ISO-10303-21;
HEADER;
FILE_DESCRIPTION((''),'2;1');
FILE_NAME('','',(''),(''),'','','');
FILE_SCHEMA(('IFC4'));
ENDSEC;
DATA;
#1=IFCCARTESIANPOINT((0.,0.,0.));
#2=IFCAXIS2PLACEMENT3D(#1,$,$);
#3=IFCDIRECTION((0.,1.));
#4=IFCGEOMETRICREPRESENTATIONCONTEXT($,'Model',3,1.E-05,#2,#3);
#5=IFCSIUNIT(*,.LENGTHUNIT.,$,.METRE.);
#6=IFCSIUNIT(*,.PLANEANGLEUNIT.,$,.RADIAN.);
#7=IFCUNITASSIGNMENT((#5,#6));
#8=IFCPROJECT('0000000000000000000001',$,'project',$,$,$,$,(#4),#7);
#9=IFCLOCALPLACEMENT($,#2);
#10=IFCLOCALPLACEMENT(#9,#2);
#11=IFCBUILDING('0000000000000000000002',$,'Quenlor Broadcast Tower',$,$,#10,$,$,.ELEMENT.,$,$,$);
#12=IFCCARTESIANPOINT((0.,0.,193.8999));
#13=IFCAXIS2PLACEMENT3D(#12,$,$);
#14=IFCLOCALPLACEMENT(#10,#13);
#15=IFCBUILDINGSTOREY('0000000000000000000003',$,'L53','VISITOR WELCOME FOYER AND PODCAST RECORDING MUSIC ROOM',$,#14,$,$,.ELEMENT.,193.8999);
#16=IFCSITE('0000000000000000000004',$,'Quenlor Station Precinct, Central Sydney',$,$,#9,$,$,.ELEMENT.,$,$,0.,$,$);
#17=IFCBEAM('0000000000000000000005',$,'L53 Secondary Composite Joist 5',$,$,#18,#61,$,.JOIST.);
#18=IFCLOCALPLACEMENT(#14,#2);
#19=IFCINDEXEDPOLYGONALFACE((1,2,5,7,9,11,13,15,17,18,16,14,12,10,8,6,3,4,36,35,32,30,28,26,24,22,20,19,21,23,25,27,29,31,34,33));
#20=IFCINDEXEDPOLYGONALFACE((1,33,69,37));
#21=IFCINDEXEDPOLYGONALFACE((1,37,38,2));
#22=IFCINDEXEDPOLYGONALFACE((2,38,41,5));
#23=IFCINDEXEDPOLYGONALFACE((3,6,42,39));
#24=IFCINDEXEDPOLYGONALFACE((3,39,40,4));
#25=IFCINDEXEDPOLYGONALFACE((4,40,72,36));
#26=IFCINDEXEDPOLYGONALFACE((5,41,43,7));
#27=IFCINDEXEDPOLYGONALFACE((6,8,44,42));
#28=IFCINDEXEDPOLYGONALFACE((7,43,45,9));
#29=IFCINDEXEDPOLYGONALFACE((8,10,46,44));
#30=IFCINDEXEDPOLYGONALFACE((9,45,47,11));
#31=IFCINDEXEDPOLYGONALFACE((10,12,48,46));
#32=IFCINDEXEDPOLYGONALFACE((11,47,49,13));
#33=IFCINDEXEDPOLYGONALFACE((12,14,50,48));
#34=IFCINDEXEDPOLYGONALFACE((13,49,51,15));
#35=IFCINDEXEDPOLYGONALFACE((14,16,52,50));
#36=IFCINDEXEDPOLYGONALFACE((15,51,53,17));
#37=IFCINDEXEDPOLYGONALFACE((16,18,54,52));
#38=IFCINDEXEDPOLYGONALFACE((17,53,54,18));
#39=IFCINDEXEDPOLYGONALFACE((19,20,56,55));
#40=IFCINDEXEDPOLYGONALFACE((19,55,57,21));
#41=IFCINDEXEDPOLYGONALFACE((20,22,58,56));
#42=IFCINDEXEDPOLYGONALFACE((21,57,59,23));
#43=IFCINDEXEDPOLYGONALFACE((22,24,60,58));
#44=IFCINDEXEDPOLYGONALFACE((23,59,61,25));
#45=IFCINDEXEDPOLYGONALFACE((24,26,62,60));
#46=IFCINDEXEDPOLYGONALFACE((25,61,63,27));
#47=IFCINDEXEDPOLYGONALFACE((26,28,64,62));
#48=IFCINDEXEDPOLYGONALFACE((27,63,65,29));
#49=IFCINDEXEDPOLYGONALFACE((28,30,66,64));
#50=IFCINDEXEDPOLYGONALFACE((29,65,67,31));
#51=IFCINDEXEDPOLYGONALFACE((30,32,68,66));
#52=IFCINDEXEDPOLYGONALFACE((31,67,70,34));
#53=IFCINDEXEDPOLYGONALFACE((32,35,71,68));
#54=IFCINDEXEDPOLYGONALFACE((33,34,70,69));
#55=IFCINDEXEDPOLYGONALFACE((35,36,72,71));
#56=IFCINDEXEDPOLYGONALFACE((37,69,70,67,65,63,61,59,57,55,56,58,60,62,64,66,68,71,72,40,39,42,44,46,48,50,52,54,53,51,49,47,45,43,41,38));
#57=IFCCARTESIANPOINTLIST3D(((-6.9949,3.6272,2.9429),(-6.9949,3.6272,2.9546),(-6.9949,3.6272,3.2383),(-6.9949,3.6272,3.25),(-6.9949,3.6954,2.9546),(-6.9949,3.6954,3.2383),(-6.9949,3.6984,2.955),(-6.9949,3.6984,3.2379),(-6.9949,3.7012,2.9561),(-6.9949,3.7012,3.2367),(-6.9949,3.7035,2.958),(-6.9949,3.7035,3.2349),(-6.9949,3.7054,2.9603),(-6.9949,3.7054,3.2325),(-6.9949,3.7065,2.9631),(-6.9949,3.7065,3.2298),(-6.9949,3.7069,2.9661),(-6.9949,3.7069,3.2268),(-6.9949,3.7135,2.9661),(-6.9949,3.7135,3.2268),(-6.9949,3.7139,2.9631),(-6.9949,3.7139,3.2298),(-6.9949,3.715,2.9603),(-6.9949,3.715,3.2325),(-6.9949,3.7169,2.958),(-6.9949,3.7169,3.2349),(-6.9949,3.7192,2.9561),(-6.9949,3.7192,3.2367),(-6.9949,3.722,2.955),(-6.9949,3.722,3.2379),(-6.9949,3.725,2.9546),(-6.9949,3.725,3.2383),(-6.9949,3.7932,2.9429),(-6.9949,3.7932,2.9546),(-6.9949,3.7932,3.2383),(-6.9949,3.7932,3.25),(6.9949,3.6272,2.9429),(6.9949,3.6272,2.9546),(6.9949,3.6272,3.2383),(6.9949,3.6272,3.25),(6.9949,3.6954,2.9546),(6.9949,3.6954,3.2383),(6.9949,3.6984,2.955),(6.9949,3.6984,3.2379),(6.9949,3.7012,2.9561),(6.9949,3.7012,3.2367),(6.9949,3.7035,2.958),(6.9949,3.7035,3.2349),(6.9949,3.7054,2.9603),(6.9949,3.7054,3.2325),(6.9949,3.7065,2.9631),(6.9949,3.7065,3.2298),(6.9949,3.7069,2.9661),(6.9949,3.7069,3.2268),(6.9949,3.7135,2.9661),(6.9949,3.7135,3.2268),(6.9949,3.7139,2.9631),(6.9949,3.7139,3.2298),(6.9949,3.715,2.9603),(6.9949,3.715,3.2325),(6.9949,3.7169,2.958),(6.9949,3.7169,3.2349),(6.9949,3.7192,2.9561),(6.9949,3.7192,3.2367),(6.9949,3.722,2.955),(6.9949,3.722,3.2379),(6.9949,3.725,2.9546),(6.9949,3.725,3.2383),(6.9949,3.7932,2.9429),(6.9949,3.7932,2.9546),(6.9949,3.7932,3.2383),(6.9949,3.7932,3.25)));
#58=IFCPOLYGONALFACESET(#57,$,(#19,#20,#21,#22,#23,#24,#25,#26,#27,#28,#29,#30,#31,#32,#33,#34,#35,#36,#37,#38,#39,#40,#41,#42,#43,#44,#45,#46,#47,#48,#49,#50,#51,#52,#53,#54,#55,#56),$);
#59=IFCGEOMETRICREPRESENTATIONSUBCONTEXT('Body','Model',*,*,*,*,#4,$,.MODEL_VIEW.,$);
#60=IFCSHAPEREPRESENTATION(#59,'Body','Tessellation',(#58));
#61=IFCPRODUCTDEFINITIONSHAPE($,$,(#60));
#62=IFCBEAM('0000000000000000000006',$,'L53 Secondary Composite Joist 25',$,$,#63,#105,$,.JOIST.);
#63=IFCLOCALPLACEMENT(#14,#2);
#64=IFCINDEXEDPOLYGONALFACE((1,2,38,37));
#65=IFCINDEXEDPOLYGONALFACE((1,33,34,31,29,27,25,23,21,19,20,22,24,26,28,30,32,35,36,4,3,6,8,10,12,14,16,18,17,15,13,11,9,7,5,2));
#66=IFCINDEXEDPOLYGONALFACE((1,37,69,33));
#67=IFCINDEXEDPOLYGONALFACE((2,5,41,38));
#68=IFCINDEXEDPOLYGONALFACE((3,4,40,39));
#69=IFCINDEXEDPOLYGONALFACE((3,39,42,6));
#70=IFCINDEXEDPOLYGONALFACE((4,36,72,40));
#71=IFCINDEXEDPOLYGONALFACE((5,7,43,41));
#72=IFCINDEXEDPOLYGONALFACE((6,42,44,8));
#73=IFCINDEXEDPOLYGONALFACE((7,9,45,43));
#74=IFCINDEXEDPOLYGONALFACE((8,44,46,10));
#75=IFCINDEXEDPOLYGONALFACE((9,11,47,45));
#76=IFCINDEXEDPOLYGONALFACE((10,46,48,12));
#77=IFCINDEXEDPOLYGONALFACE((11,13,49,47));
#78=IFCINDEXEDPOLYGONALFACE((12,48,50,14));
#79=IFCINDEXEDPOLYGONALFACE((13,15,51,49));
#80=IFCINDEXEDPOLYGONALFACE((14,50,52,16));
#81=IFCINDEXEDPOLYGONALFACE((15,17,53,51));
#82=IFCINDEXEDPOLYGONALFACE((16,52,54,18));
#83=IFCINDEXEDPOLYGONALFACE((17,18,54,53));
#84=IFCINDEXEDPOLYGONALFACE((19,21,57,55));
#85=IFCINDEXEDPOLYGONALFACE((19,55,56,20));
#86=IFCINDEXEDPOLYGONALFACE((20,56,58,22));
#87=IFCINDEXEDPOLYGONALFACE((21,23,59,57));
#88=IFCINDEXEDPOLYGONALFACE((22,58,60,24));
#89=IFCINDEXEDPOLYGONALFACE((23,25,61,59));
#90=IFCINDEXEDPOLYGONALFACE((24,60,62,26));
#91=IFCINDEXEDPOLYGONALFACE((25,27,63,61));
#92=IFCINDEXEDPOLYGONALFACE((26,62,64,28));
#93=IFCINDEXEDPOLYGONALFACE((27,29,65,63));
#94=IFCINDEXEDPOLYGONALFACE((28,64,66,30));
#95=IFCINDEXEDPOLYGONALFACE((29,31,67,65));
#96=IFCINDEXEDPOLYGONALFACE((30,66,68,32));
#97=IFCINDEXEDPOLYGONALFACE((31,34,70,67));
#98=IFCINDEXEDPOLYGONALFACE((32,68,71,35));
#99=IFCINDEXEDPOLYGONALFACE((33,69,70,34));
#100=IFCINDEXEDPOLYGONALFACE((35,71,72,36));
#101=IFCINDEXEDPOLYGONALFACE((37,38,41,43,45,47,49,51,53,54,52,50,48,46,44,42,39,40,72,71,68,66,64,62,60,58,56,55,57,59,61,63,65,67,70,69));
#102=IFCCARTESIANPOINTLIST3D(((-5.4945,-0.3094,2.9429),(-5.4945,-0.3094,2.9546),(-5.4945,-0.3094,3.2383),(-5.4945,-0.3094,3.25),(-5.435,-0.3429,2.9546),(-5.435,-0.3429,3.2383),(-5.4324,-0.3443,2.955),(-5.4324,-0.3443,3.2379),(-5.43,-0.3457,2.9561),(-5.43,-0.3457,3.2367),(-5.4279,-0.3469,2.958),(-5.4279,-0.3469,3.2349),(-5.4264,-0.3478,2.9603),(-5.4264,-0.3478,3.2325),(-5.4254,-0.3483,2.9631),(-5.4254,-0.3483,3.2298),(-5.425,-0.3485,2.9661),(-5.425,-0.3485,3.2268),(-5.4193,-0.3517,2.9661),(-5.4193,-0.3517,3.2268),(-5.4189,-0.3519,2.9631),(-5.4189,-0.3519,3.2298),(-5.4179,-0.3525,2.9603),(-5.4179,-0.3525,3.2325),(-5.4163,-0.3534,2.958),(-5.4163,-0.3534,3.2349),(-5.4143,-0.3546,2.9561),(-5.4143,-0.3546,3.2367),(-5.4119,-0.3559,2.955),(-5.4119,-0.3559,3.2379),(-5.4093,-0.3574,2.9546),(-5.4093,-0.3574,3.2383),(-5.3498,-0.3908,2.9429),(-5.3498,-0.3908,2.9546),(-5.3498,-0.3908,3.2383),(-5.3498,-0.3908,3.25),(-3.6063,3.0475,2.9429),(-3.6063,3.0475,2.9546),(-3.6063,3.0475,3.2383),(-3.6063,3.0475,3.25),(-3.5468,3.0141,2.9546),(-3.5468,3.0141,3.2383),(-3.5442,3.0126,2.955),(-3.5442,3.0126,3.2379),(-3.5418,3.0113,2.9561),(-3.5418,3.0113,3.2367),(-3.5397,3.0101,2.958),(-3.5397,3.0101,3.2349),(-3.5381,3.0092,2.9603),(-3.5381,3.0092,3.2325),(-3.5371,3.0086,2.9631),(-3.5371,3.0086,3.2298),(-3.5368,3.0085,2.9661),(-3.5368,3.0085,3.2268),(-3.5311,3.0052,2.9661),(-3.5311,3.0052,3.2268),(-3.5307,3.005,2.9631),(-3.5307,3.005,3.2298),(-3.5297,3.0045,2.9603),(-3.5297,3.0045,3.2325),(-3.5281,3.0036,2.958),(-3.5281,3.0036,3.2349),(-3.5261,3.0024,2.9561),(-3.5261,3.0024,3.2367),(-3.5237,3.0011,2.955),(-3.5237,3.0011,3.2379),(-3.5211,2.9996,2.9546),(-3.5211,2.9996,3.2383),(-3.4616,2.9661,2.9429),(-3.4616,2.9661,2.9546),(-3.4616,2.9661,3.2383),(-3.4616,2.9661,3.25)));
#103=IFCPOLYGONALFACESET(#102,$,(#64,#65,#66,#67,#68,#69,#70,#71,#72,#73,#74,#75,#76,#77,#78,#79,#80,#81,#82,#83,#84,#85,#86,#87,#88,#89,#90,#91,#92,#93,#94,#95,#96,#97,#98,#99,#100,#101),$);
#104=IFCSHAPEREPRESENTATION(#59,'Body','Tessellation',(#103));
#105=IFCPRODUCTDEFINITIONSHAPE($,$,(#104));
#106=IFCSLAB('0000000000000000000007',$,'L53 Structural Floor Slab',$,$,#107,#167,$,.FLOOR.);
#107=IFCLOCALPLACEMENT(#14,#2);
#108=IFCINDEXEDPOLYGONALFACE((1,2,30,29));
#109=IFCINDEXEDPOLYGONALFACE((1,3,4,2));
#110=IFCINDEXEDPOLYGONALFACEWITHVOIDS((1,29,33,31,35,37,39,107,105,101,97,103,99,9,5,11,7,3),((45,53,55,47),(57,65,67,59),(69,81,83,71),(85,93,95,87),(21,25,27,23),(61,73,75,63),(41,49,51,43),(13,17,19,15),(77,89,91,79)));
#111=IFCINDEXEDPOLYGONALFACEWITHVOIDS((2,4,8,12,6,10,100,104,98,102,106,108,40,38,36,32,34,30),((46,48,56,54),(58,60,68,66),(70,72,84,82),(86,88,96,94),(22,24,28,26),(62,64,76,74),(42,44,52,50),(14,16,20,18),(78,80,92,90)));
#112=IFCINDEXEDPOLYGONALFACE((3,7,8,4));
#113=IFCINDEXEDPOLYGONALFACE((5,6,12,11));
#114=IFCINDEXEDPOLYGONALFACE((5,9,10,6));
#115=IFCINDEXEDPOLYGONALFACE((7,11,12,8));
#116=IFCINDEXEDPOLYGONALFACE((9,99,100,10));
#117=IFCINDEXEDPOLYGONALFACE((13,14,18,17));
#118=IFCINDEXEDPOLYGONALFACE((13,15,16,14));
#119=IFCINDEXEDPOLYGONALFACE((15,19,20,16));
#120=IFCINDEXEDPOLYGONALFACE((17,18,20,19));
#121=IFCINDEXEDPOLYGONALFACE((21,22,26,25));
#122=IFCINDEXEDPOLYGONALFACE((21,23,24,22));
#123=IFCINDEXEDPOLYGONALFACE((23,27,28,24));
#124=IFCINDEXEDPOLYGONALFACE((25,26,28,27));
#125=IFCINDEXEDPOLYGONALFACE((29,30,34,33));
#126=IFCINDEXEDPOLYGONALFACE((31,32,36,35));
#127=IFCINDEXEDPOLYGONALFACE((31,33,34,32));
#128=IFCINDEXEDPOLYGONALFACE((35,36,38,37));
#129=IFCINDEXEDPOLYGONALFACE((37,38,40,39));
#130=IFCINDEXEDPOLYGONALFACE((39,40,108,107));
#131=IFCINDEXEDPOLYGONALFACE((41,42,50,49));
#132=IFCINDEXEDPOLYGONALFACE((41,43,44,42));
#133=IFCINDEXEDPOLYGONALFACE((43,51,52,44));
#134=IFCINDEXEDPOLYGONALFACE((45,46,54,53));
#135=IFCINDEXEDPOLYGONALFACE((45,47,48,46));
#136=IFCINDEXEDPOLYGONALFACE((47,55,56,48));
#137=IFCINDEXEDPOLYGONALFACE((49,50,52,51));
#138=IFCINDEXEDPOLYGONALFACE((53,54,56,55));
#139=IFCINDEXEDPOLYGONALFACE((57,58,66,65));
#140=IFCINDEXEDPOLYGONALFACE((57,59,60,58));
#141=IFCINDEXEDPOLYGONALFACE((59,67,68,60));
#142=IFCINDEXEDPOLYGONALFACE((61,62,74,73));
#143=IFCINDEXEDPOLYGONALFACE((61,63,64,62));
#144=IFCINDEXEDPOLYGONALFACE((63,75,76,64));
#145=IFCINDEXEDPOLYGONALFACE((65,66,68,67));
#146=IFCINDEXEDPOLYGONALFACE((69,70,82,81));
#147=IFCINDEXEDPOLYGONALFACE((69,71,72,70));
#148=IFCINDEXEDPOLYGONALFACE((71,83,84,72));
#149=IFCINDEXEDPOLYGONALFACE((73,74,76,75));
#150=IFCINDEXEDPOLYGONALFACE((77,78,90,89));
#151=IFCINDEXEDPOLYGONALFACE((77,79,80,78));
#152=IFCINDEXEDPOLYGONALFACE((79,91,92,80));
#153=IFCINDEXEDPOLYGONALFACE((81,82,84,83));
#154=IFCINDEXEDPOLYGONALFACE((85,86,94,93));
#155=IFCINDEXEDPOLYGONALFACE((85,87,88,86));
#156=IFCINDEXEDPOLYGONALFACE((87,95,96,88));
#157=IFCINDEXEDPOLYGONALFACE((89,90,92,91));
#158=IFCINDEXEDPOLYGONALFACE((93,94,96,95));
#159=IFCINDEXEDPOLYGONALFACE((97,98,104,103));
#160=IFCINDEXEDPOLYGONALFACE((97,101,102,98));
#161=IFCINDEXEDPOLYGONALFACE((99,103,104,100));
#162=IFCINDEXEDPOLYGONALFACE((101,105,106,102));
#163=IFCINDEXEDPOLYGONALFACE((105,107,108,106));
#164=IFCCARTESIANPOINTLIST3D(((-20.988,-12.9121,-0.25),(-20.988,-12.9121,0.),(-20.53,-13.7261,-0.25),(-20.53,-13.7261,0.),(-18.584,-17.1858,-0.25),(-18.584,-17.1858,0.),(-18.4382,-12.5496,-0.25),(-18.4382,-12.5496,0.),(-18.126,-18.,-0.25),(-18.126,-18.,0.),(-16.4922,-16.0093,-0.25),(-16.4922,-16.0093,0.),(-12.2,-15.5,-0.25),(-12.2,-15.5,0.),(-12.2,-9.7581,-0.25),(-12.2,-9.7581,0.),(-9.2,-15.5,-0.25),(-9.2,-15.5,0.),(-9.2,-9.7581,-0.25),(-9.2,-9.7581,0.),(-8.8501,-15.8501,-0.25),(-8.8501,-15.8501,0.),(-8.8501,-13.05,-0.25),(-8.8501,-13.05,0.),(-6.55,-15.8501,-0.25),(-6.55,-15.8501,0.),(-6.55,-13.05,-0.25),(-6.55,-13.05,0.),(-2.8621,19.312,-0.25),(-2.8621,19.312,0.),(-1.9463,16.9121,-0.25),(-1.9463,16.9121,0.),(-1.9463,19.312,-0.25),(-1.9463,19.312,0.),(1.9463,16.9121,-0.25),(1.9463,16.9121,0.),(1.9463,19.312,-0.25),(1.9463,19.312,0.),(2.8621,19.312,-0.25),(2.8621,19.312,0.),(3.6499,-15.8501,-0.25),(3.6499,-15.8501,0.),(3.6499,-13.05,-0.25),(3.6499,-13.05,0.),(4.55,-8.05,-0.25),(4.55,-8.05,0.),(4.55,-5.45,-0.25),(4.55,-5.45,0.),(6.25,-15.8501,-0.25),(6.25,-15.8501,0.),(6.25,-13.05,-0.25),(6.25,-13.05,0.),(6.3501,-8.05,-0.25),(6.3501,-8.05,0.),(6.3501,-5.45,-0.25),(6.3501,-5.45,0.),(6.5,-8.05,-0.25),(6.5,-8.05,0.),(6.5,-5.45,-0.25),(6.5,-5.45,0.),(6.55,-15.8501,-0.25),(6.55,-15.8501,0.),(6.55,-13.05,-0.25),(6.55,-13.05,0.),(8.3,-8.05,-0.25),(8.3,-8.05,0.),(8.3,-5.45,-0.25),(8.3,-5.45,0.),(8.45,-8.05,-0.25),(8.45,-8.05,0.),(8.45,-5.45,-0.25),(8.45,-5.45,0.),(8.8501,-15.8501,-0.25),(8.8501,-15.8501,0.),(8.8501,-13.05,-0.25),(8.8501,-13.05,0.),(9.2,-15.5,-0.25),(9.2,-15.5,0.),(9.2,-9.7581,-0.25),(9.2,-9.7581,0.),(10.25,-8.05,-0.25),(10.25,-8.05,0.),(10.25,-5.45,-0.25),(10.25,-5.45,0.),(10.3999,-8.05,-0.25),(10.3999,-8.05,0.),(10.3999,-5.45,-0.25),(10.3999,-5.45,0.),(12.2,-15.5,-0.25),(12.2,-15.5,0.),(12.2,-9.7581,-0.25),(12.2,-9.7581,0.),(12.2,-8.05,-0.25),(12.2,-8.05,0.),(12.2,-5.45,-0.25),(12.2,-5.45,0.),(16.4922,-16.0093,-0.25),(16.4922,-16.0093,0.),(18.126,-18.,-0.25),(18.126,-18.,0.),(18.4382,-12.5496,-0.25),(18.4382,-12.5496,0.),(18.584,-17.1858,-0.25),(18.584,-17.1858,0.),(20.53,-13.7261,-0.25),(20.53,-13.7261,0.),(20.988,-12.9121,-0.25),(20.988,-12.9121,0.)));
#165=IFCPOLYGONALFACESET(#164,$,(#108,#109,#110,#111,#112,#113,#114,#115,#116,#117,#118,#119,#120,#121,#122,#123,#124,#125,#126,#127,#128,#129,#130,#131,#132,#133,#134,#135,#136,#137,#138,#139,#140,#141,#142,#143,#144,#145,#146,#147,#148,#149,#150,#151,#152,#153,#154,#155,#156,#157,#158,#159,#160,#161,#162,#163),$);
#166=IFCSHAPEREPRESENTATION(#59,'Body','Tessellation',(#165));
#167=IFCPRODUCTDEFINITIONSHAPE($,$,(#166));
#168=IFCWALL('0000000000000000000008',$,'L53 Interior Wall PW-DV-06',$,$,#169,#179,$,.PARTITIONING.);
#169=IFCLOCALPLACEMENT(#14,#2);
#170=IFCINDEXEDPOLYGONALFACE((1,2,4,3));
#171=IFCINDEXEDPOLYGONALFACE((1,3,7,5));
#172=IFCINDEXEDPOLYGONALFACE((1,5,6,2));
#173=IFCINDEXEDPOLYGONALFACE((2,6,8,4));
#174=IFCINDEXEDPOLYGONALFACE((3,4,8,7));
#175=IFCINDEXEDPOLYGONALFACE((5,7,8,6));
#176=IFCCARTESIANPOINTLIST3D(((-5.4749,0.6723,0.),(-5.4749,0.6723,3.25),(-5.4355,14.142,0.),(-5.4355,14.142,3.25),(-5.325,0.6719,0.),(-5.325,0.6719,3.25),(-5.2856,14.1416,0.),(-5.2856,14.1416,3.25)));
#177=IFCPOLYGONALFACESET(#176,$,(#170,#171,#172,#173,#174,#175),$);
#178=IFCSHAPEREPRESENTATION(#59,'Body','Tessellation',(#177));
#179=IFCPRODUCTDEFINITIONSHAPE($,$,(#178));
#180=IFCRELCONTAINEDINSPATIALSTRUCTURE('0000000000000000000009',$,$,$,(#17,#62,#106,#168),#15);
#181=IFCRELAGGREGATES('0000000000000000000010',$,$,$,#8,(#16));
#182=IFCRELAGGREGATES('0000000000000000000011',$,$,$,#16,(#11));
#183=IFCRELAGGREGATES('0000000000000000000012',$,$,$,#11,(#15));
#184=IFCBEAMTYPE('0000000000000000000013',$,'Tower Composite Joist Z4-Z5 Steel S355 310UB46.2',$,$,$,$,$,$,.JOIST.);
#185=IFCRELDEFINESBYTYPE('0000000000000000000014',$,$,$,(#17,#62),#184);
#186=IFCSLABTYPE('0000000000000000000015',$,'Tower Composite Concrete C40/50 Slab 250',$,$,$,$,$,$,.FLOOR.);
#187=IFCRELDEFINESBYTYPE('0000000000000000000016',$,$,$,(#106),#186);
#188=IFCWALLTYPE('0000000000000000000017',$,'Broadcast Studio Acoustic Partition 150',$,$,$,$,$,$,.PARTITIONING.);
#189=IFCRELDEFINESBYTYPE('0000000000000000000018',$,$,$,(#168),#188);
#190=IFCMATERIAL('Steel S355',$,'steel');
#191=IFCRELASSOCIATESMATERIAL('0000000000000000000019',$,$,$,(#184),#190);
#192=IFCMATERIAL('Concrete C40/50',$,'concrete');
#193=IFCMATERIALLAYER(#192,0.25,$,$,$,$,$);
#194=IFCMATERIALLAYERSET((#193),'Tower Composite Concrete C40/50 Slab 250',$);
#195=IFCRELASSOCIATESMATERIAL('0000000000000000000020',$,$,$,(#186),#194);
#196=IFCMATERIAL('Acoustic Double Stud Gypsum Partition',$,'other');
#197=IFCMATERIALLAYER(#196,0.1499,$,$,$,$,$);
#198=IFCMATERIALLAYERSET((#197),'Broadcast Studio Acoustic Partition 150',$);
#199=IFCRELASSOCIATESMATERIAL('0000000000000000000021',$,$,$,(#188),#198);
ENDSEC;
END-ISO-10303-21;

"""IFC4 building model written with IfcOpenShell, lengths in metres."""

from ifc_helpers import new_model, si_unit, direction, frame, frame_2d, origin, origin_2d, place, context, subcontext, project, spatial, polyline, rectangle, i_section, outline, extrude, material, layer, layer_set, material_profile, profile_set, type_object, element, save


model = new_model("IFC4")

# Units and contexts
model_context = context("Model", 3, precision=1e-05, world=origin(), true_north=direction((0.0, 1.0)))
body_context = subcontext(model_context, "Body", "Model", "MODEL_VIEW")
ifc_project = project(units=[si_unit("LENGTHUNIT", "METRE"), si_unit("PLANEANGLEUNIT", "RADIAN")], contexts=[model_context])

# Site, building, storey
site_placement = place(None, origin())
site = spatial("IfcSite", under=ifc_project, at=site_placement, Name="Quenlor Station Precinct, Central Sydney", CompositionType="ELEMENT", RefElevation=0.0)
building_placement = place(site_placement, origin())
building = spatial("IfcBuilding", under=site, at=building_placement, Name="Quenlor Broadcast Tower", CompositionType="ELEMENT")
storey_placement = place(building_placement, frame((0.0, 0.0, 193.8999)))
storey = spatial("IfcBuildingStorey", under=building, at=storey_placement, Name="L53", Description="VISITOR WELCOME FOYER AND PODCAST RECORDING MUSIC ROOM", CompositionType="ELEMENT", Elevation=193.8999)

# Beams
ifc_material_1 = material(Name="Steel S355", Category="steel")
ifc_material_profile_1 = material_profile(ifc_material_1, i_section(OverallWidth=0.166, OverallDepth=0.3071, WebThickness=0.0066, FlangeThickness=0.0117, FilletRadius=0.0115, at=origin_2d()))
ifc_profile_set_1 = profile_set([ifc_material_profile_1], Name="Steel S355 310UB46.2")
beam_type = type_object("IfcBeamType", Name="Tower Composite Joist Z4-Z5 Steel S355 310UB46.2", PredefinedType="JOIST", material=ifc_profile_set_1)
beam_1_placement = place(storey_placement, frame((-6.9949, 3.7102, 3.0964), z_axis=(1.0, 0.0, 0.0), x_axis=(0.0, 1.0, 0.0)))
element("IfcBeam", 1, at=beam_1_placement, inside=storey, type_object=beam_type, Name="L53 Secondary Composite Joist 5", PredefinedType="JOIST", context=body_context, shape_type="SweptSolid", body=[
    extrude(i_section(OverallWidth=0.166, OverallDepth=0.3071, WebThickness=0.0066, FlangeThickness=0.0117, FilletRadius=0.0115, at=origin_2d()), origin(), (0.0, 0.0, 1.0), 13.9897),
])
beam_2_placement = place(storey_placement, frame((-3.5339, 3.0068, 3.0964), z_axis=(-0.490243, -0.871586, 0.0), x_axis=(0.871586, -0.490243, 0.0)))
element("IfcBeam", 2, at=beam_2_placement, inside=storey, type_object=beam_type, Name="L53 Secondary Composite Joist 25", PredefinedType="JOIST", context=body_context, shape_type="SweptSolid", body=[
    extrude(i_section(OverallWidth=0.166, OverallDepth=0.3071, WebThickness=0.0066, FlangeThickness=0.0117, FilletRadius=0.0115, at=origin_2d()), origin(), (0.0, 0.0, 1.0), 3.8516),
])

# Slab
ifc_material_2 = material(Name="Concrete C40/50", Category="concrete")
ifc_layer_1 = layer(ifc_material_2, 0.25)
ifc_layer_set_1 = layer_set([ifc_layer_1], Name="Tower Composite Concrete C40/50 Slab 250")
slab_type = type_object("IfcSlabType", Name="Tower Composite Concrete C40/50 Slab 250", PredefinedType="FLOOR", material=ifc_layer_set_1)
slab_placement = place(storey_placement, frame((0.0, 0.0, -0.25)))
element("IfcSlab", 3, at=slab_placement, inside=storey, type_object=slab_type, Name="L53 Structural Floor Slab", PredefinedType="FLOOR", context=body_context, shape_type="SweptSolid", body=[
    extrude(outline(polyline([(18.126, -18.0), (18.584, -17.1858), (16.4922, -16.0093), (18.4382, -12.5496), (20.53, -13.7261), (20.988, -12.9121), (2.8621, 19.312), (1.9463, 19.312), (1.9463, 16.9121), (-1.9463, 16.9121), (-1.9463, 19.312), (-2.8621, 19.312), (-20.988, -12.9121), (-20.53, -13.7261), (-18.4382, -12.5496), (-16.4922, -16.0093), (-18.584, -17.1858), (-18.126, -18.0), (18.126, -18.0)]), holes=[polyline([(-12.2, -9.7581), (-12.2, -15.5), (-9.2, -15.5), (-9.2, -9.7581), (-12.2, -9.7581)]), polyline([(9.2, -9.7581), (9.2, -15.5), (12.2, -15.5), (12.2, -9.7581), (9.2, -9.7581)]), polyline([(4.55, -8.05), (6.3501, -8.05), (6.3501, -5.45), (4.55, -5.45), (4.55, -8.05)]), polyline([(6.5, -8.05), (8.3, -8.05), (8.3, -5.45), (6.5, -5.45), (6.5, -8.05)]), polyline([(8.45, -8.05), (10.25, -8.05), (10.25, -5.45), (8.45, -5.45), (8.45, -8.05)]), polyline([(10.3999, -8.05), (12.2, -8.05), (12.2, -5.45), (10.3999, -5.45), (10.3999, -8.05)]), polyline([(-8.8501, -15.8501), (-6.55, -15.8501), (-6.55, -13.05), (-8.8501, -13.05), (-8.8501, -15.8501)]), polyline([(6.55, -15.8501), (8.8501, -15.8501), (8.8501, -13.05), (6.55, -13.05), (6.55, -15.8501)]), polyline([(3.6499, -15.8501), (6.25, -15.8501), (6.25, -13.05), (3.6499, -13.05), (3.6499, -15.8501)])]), origin(), (0.0, 0.0, 1.0), 0.25),
])

# Wall
ifc_material_3 = material(Name="Acoustic Double Stud Gypsum Partition", Category="other")
ifc_layer_2 = layer(ifc_material_3, 0.1499)
ifc_layer_set_2 = layer_set([ifc_layer_2], Name="Broadcast Studio Acoustic Partition 150")
wall_type_1 = type_object("IfcWallType", Name="Broadcast Studio Acoustic Partition 150", PredefinedType="PARTITIONING", material=ifc_layer_set_2)
wall_1_placement = place(storey_placement, frame((-5.3999, 0.6721, 0.0), z_axis=(0.0, 0.0, 1.0), x_axis=(0.002918, 0.999996, 0.0)))
element("IfcWall", 4, at=wall_1_placement, inside=storey, type_object=wall_type_1, Name="L53 Interior Wall PW-DV-06", PredefinedType="PARTITIONING", context=body_context, shape_type="SweptSolid", body=[
    extrude(rectangle(XDim=13.4697, YDim=0.1499, at=frame_2d((6.7349, 0.0))), origin(), (0.0, 0.0, 1.0), 3.25),
])

save(model, "model.ifc")
